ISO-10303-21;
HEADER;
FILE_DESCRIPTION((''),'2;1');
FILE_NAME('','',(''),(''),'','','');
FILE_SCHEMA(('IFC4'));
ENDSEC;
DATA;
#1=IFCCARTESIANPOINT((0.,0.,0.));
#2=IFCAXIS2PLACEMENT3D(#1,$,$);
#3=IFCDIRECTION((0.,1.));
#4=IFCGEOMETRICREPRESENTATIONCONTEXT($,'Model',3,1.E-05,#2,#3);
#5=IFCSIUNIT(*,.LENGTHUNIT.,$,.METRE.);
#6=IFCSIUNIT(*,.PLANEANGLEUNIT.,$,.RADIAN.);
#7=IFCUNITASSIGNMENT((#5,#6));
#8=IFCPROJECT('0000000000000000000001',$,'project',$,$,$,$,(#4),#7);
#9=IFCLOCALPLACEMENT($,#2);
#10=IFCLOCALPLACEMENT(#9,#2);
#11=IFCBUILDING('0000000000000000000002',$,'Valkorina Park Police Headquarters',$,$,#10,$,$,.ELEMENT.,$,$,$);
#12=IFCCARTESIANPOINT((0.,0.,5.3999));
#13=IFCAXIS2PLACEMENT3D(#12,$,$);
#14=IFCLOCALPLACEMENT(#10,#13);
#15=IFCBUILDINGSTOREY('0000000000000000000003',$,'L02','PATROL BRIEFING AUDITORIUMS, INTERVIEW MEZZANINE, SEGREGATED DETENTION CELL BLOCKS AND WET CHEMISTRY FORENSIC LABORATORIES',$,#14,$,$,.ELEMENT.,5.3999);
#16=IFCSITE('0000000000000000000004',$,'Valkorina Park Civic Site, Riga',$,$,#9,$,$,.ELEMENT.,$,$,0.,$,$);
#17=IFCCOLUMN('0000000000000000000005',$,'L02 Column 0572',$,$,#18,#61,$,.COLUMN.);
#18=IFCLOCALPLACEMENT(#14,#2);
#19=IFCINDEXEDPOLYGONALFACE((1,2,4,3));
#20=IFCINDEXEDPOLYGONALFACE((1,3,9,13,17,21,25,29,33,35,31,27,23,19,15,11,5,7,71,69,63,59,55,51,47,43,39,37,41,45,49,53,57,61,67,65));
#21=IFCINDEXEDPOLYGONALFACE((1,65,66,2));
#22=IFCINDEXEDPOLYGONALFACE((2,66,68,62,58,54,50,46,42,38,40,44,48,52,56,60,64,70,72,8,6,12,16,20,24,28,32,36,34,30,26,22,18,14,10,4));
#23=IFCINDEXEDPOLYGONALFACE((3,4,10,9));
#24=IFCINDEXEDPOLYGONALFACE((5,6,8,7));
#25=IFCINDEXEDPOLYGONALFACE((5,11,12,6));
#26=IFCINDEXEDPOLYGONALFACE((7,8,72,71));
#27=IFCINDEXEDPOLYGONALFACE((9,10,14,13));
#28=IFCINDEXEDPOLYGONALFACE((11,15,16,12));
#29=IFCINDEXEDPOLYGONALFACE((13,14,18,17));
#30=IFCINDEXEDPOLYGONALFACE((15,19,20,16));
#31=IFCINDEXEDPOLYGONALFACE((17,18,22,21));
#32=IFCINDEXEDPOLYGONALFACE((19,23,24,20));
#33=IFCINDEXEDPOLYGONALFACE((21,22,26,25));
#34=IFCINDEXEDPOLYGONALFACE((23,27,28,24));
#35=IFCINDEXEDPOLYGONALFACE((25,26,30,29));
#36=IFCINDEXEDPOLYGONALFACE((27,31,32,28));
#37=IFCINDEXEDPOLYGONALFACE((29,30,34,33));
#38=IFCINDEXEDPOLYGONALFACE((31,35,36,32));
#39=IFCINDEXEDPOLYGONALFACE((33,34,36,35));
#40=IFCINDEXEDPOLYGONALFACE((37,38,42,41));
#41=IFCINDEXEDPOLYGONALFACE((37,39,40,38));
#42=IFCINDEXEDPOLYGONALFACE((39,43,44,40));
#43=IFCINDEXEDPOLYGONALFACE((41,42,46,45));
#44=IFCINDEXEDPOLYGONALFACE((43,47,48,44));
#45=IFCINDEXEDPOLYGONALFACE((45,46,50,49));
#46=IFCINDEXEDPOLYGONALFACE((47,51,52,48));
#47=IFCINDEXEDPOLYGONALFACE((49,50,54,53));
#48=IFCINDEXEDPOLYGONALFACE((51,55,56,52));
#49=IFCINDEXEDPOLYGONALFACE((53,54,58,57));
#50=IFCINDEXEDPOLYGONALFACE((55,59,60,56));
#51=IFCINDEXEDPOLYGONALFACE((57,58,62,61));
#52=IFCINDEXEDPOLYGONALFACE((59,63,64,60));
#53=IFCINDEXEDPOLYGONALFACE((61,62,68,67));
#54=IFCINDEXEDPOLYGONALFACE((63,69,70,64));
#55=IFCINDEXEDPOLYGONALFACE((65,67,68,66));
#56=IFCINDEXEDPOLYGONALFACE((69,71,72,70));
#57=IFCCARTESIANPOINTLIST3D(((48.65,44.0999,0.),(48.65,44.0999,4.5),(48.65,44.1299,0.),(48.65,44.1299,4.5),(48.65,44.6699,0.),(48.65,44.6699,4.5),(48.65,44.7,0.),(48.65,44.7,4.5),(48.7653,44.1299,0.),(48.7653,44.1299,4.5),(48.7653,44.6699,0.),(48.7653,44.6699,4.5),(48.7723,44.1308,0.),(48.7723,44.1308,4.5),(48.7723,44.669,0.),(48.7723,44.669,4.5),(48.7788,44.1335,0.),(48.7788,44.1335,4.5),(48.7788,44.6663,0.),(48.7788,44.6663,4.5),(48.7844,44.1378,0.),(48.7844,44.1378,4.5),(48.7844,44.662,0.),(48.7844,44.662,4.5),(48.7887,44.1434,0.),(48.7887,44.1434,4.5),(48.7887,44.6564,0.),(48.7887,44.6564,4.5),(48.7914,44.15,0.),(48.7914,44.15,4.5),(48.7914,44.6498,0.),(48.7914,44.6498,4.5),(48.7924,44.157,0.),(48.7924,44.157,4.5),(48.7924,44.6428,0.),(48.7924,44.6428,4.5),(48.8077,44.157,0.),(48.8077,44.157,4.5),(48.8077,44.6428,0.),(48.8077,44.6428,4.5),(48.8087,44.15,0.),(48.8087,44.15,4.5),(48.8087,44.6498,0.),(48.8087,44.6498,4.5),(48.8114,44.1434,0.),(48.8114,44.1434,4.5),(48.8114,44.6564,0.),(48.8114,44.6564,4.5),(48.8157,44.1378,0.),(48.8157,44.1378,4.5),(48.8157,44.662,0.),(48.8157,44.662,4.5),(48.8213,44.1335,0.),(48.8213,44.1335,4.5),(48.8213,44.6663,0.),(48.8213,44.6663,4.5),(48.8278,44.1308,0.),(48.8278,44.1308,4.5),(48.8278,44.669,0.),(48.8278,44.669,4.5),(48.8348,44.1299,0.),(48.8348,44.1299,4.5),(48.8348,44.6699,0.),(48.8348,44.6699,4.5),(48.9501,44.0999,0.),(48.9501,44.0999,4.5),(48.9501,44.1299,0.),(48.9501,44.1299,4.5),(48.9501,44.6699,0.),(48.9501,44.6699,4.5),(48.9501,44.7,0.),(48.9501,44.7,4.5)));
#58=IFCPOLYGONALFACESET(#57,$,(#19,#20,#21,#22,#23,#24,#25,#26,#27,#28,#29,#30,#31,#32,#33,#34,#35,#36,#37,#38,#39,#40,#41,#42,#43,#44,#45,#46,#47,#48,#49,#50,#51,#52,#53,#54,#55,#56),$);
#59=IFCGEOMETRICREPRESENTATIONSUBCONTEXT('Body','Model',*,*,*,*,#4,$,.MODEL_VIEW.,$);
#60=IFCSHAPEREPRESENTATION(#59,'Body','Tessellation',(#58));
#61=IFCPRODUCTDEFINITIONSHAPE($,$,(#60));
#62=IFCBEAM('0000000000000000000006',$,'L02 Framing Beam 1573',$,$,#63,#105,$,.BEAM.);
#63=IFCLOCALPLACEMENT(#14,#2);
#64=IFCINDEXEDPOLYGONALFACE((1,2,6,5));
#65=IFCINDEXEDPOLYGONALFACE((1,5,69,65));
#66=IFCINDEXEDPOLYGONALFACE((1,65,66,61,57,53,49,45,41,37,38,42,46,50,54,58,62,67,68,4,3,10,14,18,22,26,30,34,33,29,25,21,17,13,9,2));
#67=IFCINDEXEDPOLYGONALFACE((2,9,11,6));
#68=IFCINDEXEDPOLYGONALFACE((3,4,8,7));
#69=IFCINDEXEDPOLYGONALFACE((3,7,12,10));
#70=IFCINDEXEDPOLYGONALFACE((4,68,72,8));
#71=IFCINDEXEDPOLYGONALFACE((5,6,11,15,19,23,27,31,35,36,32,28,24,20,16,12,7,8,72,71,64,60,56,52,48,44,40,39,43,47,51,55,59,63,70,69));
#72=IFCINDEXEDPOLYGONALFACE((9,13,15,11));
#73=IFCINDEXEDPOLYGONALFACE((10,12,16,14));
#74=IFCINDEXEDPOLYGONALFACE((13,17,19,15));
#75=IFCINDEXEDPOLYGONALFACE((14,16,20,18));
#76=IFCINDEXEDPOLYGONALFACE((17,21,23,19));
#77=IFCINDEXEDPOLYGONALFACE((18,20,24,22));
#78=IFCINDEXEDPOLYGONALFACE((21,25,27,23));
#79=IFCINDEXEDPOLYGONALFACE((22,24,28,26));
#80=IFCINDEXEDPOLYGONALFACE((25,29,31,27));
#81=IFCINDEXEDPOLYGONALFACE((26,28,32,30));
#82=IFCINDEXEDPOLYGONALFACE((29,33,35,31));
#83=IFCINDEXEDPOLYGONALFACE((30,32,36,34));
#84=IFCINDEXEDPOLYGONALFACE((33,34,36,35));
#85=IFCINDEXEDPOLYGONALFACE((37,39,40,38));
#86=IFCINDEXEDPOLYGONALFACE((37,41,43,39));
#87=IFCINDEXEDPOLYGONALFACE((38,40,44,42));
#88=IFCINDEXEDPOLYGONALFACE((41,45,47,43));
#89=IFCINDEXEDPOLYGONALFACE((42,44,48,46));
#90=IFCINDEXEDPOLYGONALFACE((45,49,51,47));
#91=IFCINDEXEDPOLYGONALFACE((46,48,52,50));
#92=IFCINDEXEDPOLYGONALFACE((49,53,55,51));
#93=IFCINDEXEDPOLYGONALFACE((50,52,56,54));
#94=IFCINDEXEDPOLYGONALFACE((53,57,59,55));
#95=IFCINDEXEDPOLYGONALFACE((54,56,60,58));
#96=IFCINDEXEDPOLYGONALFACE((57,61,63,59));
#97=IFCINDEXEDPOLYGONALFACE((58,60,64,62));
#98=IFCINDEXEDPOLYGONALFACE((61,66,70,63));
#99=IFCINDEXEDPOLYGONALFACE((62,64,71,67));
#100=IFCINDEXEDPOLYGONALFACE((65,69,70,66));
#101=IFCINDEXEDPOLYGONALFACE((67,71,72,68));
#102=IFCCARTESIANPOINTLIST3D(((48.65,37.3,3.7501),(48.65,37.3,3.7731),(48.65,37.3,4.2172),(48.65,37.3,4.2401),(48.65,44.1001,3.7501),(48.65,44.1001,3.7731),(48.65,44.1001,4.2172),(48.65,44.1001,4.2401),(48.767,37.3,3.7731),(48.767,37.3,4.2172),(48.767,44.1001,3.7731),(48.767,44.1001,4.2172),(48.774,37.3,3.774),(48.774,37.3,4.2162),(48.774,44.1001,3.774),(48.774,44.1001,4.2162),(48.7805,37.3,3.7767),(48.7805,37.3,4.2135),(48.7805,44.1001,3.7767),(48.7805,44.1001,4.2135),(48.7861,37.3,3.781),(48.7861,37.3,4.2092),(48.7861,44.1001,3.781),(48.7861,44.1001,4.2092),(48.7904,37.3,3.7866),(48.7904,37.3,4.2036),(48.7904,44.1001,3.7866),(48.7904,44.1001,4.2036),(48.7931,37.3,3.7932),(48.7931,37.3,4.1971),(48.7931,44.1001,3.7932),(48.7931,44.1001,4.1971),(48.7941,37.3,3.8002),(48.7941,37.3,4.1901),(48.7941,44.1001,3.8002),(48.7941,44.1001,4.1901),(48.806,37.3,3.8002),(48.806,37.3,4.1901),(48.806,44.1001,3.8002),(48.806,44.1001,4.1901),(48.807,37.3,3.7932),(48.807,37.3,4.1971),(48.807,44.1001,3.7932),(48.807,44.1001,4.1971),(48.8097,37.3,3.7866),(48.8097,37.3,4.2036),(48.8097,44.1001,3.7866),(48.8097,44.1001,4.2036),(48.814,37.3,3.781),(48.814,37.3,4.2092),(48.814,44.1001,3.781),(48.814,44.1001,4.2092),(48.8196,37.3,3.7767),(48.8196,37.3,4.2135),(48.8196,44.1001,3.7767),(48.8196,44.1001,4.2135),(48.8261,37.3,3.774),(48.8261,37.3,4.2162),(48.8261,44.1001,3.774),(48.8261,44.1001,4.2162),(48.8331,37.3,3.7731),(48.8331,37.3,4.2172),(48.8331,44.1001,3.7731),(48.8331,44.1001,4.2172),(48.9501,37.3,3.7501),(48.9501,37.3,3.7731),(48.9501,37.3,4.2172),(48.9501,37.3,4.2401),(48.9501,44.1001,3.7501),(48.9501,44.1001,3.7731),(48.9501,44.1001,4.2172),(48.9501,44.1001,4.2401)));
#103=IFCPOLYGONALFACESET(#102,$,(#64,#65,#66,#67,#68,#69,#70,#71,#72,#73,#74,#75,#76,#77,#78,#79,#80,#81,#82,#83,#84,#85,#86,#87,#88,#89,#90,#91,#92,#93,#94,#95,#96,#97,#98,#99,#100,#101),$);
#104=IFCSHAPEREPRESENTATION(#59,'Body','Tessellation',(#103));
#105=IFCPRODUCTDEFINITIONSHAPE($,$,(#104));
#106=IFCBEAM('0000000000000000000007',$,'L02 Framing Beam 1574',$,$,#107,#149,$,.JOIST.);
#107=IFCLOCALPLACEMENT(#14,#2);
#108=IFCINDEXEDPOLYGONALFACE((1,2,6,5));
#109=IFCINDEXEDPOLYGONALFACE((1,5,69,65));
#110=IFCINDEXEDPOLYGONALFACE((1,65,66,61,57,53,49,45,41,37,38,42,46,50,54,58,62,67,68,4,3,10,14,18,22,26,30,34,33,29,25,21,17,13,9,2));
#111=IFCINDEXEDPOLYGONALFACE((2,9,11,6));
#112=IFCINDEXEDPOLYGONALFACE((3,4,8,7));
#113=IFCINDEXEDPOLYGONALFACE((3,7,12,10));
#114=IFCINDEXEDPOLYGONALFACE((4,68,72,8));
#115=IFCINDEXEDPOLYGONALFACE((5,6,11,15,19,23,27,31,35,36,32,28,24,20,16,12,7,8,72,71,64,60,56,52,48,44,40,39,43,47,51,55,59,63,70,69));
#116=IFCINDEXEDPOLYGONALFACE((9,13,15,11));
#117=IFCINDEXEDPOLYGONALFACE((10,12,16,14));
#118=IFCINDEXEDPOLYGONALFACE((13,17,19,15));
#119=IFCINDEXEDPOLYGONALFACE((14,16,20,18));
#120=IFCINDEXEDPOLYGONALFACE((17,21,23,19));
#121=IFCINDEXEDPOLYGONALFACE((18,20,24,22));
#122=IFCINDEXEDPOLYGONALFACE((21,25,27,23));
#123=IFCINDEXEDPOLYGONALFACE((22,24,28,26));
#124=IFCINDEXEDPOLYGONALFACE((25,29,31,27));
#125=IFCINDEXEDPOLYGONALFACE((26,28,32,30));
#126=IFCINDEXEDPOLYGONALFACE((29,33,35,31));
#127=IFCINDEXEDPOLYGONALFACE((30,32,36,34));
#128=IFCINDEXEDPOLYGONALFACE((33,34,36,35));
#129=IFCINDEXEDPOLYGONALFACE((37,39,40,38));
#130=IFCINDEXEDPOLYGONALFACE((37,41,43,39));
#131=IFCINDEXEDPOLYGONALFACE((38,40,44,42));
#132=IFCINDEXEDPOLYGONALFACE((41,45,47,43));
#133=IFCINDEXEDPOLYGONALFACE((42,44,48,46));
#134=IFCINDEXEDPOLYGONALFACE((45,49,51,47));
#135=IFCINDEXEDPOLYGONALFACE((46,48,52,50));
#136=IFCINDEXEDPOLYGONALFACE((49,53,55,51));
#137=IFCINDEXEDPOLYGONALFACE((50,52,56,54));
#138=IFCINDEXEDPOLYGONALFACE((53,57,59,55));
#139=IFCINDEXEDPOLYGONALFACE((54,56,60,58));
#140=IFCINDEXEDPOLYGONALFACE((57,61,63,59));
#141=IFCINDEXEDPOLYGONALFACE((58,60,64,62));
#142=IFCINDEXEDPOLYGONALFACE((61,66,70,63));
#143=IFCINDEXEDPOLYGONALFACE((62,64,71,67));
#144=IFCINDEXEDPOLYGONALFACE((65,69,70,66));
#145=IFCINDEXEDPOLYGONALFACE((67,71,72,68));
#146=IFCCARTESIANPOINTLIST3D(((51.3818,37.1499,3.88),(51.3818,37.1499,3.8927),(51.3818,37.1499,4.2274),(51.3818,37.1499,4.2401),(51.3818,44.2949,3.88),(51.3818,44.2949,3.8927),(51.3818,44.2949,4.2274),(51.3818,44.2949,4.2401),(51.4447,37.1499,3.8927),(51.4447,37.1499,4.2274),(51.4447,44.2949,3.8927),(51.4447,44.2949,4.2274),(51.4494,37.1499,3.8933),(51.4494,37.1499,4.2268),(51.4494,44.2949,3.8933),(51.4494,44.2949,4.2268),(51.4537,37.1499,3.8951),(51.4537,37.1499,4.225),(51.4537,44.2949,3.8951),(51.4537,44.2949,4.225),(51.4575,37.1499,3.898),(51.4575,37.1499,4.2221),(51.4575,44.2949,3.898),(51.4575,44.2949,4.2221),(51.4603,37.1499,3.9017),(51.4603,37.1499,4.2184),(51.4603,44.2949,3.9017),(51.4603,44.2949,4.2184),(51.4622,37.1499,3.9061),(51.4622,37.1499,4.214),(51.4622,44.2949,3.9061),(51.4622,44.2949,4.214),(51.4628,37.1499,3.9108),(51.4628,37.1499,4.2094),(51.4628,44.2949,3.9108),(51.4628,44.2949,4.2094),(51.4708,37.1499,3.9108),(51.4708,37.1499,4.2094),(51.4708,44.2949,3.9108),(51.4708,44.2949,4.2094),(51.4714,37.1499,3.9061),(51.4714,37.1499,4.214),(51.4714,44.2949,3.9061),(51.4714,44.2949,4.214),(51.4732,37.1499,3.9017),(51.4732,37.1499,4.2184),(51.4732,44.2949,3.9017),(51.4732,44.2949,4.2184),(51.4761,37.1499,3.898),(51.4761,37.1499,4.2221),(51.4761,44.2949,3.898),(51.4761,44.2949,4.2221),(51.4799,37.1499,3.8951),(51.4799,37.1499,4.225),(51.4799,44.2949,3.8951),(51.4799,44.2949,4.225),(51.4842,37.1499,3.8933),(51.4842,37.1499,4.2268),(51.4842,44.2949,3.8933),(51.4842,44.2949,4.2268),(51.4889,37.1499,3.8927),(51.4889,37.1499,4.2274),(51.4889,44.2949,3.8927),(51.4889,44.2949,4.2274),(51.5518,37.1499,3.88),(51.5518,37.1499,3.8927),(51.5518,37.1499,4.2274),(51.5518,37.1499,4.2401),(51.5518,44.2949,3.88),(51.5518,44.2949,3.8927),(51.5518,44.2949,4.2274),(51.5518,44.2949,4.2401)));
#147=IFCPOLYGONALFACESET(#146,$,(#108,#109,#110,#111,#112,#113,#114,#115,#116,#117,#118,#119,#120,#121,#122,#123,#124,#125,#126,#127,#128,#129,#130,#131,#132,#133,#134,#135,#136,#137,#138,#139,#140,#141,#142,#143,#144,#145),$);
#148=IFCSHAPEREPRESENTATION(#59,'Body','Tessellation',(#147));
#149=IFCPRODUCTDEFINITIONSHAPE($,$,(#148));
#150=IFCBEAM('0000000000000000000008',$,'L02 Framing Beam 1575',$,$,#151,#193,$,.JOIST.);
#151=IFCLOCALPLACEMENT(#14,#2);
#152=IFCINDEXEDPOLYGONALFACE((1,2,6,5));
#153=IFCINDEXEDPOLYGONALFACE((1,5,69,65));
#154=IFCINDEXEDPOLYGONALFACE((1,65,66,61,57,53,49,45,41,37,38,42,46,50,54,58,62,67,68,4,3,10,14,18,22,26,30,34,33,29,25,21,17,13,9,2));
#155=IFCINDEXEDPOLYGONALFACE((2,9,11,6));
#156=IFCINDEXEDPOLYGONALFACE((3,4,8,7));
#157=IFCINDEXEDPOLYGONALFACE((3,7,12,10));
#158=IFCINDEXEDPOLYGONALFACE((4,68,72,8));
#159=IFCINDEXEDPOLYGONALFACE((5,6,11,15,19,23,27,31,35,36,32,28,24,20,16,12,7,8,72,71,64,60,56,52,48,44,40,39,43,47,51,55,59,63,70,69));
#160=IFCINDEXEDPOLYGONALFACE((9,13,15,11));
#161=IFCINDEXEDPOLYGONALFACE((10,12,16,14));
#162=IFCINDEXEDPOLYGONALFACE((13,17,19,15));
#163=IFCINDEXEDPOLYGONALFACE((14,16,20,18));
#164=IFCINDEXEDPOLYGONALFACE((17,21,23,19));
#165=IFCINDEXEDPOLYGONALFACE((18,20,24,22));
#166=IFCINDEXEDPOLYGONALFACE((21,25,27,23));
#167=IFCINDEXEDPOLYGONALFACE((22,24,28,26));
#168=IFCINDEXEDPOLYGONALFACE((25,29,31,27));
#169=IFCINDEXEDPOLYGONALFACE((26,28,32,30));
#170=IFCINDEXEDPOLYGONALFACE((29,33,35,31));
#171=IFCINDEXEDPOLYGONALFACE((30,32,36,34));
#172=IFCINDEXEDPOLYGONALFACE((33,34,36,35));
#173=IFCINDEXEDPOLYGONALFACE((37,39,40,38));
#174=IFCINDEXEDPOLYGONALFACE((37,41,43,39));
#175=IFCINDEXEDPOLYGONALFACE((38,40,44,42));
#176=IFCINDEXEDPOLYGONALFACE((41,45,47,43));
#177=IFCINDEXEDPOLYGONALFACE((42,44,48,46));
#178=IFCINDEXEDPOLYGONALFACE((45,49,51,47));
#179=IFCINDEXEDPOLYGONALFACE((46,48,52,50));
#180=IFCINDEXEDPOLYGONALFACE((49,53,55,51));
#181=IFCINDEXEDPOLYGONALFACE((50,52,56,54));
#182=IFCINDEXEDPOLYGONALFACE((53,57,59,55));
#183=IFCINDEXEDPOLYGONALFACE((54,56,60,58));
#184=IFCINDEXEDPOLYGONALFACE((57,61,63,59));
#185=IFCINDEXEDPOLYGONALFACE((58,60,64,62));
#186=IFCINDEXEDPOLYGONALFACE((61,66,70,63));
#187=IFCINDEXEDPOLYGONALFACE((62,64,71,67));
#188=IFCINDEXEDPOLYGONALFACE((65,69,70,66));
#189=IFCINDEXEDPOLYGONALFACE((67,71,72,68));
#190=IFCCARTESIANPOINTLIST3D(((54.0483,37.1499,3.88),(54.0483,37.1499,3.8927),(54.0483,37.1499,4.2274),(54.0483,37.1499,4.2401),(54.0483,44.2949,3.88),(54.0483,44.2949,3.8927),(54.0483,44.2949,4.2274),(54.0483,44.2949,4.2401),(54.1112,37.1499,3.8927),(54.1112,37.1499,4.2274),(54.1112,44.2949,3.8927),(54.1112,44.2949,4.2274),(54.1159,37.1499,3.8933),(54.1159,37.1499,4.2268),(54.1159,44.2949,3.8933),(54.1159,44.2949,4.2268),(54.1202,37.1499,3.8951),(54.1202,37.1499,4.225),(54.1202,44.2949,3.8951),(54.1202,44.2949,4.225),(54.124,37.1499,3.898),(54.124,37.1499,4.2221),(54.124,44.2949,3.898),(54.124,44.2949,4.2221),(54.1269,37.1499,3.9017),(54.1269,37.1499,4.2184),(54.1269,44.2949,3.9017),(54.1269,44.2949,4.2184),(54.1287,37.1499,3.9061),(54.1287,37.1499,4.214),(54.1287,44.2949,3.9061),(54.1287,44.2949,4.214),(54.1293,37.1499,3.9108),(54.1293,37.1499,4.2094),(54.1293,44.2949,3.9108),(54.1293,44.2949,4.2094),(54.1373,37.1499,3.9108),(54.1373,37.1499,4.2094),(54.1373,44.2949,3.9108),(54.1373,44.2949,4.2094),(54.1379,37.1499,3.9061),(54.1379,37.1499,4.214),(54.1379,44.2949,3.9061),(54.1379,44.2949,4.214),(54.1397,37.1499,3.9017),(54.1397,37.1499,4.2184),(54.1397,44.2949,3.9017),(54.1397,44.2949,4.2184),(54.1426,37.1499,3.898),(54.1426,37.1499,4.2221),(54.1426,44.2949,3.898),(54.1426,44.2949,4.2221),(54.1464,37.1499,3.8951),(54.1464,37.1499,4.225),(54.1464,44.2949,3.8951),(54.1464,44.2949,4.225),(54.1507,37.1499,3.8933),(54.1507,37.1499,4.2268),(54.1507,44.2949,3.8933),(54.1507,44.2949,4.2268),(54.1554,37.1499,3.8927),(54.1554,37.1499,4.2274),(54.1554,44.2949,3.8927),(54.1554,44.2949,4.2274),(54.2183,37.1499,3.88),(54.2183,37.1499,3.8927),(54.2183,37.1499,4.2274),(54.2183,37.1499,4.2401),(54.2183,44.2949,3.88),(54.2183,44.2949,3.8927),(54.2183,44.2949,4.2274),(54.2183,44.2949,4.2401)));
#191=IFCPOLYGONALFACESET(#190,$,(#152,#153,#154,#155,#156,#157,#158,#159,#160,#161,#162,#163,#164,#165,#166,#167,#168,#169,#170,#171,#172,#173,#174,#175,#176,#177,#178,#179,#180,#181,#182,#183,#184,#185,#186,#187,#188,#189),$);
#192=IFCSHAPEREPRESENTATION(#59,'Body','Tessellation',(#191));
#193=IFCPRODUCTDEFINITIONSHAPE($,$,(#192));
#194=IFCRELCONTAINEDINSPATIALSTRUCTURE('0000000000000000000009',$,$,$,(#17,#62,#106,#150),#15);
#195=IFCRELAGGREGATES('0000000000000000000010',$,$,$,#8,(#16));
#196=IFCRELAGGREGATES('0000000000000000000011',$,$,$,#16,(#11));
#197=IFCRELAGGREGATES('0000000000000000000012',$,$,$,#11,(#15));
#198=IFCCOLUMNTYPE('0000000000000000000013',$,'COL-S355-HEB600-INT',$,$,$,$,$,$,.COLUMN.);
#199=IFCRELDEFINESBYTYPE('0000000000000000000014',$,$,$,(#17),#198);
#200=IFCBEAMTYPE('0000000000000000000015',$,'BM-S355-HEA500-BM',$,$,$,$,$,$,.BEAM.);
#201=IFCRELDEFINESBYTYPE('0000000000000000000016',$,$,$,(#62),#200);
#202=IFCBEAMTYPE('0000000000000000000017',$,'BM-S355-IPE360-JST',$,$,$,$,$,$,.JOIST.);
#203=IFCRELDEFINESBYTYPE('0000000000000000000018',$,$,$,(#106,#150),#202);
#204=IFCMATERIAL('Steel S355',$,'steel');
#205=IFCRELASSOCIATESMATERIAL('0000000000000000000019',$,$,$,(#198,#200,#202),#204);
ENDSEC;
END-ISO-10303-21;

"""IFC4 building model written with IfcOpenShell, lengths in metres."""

from ifc_helpers import new_model, si_unit, direction, frame, origin, origin_2d, place, context, subcontext, project, spatial, i_section, extrude, material, material_profile, profile_set, type_object, element, save


model = new_model("IFC4")

# Units and contexts
model_context = context("Model", 3, precision=1e-05, world=origin(), true_north=direction((0.0, 1.0)))
body_context = subcontext(model_context, "Body", "Model", "MODEL_VIEW")
ifc_project = project(units=[si_unit("LENGTHUNIT", "METRE"), si_unit("PLANEANGLEUNIT", "RADIAN")], contexts=[model_context])

# Site, building, storey
site_placement = place(None, origin())
site = spatial("IfcSite", under=ifc_project, at=site_placement, Name="Valkorina Park Civic Site, Riga", CompositionType="ELEMENT", RefElevation=0.0)
building_placement = place(site_placement, origin())
building = spatial("IfcBuilding", under=site, at=building_placement, Name="Valkorina Park Police Headquarters", CompositionType="ELEMENT")
storey_placement = place(building_placement, frame((0.0, 0.0, 5.3999)))
storey = spatial("IfcBuildingStorey", under=building, at=storey_placement, Name="L02", Description="PATROL BRIEFING AUDITORIUMS, INTERVIEW MEZZANINE, SEGREGATED DETENTION CELL BLOCKS AND WET CHEMISTRY FORENSIC LABORATORIES", CompositionType="ELEMENT", Elevation=5.3999)

# Column
ifc_material_1 = material(Name="Steel S355", Category="steel")
ifc_material_profile_1 = material_profile(ifc_material_1, i_section(OverallWidth=0.3, OverallDepth=0.6001, WebThickness=0.0154, FlangeThickness=0.03, FilletRadius=0.0271, at=origin_2d()), Name="HEB 600")
ifc_profile_set_1 = profile_set([ifc_material_profile_1], Name="Steel S355")
column_type = type_object("IfcColumnType", Name="COL-S355-HEB600-INT", PredefinedType="COLUMN", material=ifc_profile_set_1)
column_placement = place(storey_placement, frame((48.8, 44.3999, 0.0), z_axis=(0.0, 0.0, 1.0), x_axis=(1.0, 0.0, 0.0)))
element("IfcColumn", 1, at=column_placement, inside=storey, type_object=column_type, Name="L02 Column 0572", PredefinedType="COLUMN", context=body_context, shape_type="SweptSolid", body=[
    extrude(i_section(OverallWidth=0.3, OverallDepth=0.6001, WebThickness=0.0154, FlangeThickness=0.03, FilletRadius=0.0271, at=origin_2d()), origin(), (0.0, 0.0, 1.0), 4.5),
])

# Beams
ifc_material_profile_2 = material_profile(ifc_material_1, i_section(OverallWidth=0.3, OverallDepth=0.49, WebThickness=0.012, FlangeThickness=0.0229, FilletRadius=0.0271, at=origin_2d()), Name="HEA 500")
ifc_profile_set_2 = profile_set([ifc_material_profile_2], Name="Steel S355")
beam_type_1 = type_object("IfcBeamType", Name="BM-S355-HEA500-BM", PredefinedType="BEAM", material=ifc_profile_set_2)
beam_1_placement = place(storey_placement, frame((48.8, 37.3, 3.9951), z_axis=(0.0, 1.0, 0.0), x_axis=(-1.0, 0.0, 0.0)))
element("IfcBeam", 2, at=beam_1_placement, inside=storey, type_object=beam_type_1, Name="L02 Framing Beam 1573", PredefinedType="BEAM", context=body_context, shape_type="SweptSolid", body=[
    extrude(i_section(OverallWidth=0.3, OverallDepth=0.49, WebThickness=0.012, FlangeThickness=0.0229, FilletRadius=0.0271, at=origin_2d()), origin(), (0.0, 0.0, 1.0), 6.8),
])
ifc_material_profile_3 = material_profile(ifc_material_1, i_section(OverallWidth=0.1699, OverallDepth=0.3601, WebThickness=0.0081, FlangeThickness=0.0127, FilletRadius=0.0181, at=origin_2d()), Name="IPE 360")
ifc_profile_set_3 = profile_set([ifc_material_profile_3], Name="Steel S355")
beam_type_2 = type_object("IfcBeamType", Name="BM-S355-IPE360-JST", PredefinedType="JOIST", material=ifc_profile_set_3)
for number, where, z_axis, x_axis, name in (
    (3, (51.4668, 37.1499, 4.0601), (0.0, 1.0, 0.0), (-1.0, 0.0, 0.0), "L02 Framing Beam 1574"),
    (4, (54.1333, 37.1499, 4.0601), (0.0, 1.0, 0.0), (-1.0, 0.0, 0.0), "L02 Framing Beam 1575"),
):
    element("IfcBeam", number, at=place(storey_placement, frame(where, z_axis=z_axis, x_axis=x_axis)), inside=storey, type_object=beam_type_2, Name=name, PredefinedType="JOIST", context=body_context, shape_type="SweptSolid", body=[
        extrude(i_section(OverallWidth=0.1699, OverallDepth=0.3601, WebThickness=0.0081, FlangeThickness=0.0127, FilletRadius=0.0181, at=origin_2d()), origin(), (0.0, 0.0, 1.0), 7.145),
    ])

save(model, "model.ifc")
